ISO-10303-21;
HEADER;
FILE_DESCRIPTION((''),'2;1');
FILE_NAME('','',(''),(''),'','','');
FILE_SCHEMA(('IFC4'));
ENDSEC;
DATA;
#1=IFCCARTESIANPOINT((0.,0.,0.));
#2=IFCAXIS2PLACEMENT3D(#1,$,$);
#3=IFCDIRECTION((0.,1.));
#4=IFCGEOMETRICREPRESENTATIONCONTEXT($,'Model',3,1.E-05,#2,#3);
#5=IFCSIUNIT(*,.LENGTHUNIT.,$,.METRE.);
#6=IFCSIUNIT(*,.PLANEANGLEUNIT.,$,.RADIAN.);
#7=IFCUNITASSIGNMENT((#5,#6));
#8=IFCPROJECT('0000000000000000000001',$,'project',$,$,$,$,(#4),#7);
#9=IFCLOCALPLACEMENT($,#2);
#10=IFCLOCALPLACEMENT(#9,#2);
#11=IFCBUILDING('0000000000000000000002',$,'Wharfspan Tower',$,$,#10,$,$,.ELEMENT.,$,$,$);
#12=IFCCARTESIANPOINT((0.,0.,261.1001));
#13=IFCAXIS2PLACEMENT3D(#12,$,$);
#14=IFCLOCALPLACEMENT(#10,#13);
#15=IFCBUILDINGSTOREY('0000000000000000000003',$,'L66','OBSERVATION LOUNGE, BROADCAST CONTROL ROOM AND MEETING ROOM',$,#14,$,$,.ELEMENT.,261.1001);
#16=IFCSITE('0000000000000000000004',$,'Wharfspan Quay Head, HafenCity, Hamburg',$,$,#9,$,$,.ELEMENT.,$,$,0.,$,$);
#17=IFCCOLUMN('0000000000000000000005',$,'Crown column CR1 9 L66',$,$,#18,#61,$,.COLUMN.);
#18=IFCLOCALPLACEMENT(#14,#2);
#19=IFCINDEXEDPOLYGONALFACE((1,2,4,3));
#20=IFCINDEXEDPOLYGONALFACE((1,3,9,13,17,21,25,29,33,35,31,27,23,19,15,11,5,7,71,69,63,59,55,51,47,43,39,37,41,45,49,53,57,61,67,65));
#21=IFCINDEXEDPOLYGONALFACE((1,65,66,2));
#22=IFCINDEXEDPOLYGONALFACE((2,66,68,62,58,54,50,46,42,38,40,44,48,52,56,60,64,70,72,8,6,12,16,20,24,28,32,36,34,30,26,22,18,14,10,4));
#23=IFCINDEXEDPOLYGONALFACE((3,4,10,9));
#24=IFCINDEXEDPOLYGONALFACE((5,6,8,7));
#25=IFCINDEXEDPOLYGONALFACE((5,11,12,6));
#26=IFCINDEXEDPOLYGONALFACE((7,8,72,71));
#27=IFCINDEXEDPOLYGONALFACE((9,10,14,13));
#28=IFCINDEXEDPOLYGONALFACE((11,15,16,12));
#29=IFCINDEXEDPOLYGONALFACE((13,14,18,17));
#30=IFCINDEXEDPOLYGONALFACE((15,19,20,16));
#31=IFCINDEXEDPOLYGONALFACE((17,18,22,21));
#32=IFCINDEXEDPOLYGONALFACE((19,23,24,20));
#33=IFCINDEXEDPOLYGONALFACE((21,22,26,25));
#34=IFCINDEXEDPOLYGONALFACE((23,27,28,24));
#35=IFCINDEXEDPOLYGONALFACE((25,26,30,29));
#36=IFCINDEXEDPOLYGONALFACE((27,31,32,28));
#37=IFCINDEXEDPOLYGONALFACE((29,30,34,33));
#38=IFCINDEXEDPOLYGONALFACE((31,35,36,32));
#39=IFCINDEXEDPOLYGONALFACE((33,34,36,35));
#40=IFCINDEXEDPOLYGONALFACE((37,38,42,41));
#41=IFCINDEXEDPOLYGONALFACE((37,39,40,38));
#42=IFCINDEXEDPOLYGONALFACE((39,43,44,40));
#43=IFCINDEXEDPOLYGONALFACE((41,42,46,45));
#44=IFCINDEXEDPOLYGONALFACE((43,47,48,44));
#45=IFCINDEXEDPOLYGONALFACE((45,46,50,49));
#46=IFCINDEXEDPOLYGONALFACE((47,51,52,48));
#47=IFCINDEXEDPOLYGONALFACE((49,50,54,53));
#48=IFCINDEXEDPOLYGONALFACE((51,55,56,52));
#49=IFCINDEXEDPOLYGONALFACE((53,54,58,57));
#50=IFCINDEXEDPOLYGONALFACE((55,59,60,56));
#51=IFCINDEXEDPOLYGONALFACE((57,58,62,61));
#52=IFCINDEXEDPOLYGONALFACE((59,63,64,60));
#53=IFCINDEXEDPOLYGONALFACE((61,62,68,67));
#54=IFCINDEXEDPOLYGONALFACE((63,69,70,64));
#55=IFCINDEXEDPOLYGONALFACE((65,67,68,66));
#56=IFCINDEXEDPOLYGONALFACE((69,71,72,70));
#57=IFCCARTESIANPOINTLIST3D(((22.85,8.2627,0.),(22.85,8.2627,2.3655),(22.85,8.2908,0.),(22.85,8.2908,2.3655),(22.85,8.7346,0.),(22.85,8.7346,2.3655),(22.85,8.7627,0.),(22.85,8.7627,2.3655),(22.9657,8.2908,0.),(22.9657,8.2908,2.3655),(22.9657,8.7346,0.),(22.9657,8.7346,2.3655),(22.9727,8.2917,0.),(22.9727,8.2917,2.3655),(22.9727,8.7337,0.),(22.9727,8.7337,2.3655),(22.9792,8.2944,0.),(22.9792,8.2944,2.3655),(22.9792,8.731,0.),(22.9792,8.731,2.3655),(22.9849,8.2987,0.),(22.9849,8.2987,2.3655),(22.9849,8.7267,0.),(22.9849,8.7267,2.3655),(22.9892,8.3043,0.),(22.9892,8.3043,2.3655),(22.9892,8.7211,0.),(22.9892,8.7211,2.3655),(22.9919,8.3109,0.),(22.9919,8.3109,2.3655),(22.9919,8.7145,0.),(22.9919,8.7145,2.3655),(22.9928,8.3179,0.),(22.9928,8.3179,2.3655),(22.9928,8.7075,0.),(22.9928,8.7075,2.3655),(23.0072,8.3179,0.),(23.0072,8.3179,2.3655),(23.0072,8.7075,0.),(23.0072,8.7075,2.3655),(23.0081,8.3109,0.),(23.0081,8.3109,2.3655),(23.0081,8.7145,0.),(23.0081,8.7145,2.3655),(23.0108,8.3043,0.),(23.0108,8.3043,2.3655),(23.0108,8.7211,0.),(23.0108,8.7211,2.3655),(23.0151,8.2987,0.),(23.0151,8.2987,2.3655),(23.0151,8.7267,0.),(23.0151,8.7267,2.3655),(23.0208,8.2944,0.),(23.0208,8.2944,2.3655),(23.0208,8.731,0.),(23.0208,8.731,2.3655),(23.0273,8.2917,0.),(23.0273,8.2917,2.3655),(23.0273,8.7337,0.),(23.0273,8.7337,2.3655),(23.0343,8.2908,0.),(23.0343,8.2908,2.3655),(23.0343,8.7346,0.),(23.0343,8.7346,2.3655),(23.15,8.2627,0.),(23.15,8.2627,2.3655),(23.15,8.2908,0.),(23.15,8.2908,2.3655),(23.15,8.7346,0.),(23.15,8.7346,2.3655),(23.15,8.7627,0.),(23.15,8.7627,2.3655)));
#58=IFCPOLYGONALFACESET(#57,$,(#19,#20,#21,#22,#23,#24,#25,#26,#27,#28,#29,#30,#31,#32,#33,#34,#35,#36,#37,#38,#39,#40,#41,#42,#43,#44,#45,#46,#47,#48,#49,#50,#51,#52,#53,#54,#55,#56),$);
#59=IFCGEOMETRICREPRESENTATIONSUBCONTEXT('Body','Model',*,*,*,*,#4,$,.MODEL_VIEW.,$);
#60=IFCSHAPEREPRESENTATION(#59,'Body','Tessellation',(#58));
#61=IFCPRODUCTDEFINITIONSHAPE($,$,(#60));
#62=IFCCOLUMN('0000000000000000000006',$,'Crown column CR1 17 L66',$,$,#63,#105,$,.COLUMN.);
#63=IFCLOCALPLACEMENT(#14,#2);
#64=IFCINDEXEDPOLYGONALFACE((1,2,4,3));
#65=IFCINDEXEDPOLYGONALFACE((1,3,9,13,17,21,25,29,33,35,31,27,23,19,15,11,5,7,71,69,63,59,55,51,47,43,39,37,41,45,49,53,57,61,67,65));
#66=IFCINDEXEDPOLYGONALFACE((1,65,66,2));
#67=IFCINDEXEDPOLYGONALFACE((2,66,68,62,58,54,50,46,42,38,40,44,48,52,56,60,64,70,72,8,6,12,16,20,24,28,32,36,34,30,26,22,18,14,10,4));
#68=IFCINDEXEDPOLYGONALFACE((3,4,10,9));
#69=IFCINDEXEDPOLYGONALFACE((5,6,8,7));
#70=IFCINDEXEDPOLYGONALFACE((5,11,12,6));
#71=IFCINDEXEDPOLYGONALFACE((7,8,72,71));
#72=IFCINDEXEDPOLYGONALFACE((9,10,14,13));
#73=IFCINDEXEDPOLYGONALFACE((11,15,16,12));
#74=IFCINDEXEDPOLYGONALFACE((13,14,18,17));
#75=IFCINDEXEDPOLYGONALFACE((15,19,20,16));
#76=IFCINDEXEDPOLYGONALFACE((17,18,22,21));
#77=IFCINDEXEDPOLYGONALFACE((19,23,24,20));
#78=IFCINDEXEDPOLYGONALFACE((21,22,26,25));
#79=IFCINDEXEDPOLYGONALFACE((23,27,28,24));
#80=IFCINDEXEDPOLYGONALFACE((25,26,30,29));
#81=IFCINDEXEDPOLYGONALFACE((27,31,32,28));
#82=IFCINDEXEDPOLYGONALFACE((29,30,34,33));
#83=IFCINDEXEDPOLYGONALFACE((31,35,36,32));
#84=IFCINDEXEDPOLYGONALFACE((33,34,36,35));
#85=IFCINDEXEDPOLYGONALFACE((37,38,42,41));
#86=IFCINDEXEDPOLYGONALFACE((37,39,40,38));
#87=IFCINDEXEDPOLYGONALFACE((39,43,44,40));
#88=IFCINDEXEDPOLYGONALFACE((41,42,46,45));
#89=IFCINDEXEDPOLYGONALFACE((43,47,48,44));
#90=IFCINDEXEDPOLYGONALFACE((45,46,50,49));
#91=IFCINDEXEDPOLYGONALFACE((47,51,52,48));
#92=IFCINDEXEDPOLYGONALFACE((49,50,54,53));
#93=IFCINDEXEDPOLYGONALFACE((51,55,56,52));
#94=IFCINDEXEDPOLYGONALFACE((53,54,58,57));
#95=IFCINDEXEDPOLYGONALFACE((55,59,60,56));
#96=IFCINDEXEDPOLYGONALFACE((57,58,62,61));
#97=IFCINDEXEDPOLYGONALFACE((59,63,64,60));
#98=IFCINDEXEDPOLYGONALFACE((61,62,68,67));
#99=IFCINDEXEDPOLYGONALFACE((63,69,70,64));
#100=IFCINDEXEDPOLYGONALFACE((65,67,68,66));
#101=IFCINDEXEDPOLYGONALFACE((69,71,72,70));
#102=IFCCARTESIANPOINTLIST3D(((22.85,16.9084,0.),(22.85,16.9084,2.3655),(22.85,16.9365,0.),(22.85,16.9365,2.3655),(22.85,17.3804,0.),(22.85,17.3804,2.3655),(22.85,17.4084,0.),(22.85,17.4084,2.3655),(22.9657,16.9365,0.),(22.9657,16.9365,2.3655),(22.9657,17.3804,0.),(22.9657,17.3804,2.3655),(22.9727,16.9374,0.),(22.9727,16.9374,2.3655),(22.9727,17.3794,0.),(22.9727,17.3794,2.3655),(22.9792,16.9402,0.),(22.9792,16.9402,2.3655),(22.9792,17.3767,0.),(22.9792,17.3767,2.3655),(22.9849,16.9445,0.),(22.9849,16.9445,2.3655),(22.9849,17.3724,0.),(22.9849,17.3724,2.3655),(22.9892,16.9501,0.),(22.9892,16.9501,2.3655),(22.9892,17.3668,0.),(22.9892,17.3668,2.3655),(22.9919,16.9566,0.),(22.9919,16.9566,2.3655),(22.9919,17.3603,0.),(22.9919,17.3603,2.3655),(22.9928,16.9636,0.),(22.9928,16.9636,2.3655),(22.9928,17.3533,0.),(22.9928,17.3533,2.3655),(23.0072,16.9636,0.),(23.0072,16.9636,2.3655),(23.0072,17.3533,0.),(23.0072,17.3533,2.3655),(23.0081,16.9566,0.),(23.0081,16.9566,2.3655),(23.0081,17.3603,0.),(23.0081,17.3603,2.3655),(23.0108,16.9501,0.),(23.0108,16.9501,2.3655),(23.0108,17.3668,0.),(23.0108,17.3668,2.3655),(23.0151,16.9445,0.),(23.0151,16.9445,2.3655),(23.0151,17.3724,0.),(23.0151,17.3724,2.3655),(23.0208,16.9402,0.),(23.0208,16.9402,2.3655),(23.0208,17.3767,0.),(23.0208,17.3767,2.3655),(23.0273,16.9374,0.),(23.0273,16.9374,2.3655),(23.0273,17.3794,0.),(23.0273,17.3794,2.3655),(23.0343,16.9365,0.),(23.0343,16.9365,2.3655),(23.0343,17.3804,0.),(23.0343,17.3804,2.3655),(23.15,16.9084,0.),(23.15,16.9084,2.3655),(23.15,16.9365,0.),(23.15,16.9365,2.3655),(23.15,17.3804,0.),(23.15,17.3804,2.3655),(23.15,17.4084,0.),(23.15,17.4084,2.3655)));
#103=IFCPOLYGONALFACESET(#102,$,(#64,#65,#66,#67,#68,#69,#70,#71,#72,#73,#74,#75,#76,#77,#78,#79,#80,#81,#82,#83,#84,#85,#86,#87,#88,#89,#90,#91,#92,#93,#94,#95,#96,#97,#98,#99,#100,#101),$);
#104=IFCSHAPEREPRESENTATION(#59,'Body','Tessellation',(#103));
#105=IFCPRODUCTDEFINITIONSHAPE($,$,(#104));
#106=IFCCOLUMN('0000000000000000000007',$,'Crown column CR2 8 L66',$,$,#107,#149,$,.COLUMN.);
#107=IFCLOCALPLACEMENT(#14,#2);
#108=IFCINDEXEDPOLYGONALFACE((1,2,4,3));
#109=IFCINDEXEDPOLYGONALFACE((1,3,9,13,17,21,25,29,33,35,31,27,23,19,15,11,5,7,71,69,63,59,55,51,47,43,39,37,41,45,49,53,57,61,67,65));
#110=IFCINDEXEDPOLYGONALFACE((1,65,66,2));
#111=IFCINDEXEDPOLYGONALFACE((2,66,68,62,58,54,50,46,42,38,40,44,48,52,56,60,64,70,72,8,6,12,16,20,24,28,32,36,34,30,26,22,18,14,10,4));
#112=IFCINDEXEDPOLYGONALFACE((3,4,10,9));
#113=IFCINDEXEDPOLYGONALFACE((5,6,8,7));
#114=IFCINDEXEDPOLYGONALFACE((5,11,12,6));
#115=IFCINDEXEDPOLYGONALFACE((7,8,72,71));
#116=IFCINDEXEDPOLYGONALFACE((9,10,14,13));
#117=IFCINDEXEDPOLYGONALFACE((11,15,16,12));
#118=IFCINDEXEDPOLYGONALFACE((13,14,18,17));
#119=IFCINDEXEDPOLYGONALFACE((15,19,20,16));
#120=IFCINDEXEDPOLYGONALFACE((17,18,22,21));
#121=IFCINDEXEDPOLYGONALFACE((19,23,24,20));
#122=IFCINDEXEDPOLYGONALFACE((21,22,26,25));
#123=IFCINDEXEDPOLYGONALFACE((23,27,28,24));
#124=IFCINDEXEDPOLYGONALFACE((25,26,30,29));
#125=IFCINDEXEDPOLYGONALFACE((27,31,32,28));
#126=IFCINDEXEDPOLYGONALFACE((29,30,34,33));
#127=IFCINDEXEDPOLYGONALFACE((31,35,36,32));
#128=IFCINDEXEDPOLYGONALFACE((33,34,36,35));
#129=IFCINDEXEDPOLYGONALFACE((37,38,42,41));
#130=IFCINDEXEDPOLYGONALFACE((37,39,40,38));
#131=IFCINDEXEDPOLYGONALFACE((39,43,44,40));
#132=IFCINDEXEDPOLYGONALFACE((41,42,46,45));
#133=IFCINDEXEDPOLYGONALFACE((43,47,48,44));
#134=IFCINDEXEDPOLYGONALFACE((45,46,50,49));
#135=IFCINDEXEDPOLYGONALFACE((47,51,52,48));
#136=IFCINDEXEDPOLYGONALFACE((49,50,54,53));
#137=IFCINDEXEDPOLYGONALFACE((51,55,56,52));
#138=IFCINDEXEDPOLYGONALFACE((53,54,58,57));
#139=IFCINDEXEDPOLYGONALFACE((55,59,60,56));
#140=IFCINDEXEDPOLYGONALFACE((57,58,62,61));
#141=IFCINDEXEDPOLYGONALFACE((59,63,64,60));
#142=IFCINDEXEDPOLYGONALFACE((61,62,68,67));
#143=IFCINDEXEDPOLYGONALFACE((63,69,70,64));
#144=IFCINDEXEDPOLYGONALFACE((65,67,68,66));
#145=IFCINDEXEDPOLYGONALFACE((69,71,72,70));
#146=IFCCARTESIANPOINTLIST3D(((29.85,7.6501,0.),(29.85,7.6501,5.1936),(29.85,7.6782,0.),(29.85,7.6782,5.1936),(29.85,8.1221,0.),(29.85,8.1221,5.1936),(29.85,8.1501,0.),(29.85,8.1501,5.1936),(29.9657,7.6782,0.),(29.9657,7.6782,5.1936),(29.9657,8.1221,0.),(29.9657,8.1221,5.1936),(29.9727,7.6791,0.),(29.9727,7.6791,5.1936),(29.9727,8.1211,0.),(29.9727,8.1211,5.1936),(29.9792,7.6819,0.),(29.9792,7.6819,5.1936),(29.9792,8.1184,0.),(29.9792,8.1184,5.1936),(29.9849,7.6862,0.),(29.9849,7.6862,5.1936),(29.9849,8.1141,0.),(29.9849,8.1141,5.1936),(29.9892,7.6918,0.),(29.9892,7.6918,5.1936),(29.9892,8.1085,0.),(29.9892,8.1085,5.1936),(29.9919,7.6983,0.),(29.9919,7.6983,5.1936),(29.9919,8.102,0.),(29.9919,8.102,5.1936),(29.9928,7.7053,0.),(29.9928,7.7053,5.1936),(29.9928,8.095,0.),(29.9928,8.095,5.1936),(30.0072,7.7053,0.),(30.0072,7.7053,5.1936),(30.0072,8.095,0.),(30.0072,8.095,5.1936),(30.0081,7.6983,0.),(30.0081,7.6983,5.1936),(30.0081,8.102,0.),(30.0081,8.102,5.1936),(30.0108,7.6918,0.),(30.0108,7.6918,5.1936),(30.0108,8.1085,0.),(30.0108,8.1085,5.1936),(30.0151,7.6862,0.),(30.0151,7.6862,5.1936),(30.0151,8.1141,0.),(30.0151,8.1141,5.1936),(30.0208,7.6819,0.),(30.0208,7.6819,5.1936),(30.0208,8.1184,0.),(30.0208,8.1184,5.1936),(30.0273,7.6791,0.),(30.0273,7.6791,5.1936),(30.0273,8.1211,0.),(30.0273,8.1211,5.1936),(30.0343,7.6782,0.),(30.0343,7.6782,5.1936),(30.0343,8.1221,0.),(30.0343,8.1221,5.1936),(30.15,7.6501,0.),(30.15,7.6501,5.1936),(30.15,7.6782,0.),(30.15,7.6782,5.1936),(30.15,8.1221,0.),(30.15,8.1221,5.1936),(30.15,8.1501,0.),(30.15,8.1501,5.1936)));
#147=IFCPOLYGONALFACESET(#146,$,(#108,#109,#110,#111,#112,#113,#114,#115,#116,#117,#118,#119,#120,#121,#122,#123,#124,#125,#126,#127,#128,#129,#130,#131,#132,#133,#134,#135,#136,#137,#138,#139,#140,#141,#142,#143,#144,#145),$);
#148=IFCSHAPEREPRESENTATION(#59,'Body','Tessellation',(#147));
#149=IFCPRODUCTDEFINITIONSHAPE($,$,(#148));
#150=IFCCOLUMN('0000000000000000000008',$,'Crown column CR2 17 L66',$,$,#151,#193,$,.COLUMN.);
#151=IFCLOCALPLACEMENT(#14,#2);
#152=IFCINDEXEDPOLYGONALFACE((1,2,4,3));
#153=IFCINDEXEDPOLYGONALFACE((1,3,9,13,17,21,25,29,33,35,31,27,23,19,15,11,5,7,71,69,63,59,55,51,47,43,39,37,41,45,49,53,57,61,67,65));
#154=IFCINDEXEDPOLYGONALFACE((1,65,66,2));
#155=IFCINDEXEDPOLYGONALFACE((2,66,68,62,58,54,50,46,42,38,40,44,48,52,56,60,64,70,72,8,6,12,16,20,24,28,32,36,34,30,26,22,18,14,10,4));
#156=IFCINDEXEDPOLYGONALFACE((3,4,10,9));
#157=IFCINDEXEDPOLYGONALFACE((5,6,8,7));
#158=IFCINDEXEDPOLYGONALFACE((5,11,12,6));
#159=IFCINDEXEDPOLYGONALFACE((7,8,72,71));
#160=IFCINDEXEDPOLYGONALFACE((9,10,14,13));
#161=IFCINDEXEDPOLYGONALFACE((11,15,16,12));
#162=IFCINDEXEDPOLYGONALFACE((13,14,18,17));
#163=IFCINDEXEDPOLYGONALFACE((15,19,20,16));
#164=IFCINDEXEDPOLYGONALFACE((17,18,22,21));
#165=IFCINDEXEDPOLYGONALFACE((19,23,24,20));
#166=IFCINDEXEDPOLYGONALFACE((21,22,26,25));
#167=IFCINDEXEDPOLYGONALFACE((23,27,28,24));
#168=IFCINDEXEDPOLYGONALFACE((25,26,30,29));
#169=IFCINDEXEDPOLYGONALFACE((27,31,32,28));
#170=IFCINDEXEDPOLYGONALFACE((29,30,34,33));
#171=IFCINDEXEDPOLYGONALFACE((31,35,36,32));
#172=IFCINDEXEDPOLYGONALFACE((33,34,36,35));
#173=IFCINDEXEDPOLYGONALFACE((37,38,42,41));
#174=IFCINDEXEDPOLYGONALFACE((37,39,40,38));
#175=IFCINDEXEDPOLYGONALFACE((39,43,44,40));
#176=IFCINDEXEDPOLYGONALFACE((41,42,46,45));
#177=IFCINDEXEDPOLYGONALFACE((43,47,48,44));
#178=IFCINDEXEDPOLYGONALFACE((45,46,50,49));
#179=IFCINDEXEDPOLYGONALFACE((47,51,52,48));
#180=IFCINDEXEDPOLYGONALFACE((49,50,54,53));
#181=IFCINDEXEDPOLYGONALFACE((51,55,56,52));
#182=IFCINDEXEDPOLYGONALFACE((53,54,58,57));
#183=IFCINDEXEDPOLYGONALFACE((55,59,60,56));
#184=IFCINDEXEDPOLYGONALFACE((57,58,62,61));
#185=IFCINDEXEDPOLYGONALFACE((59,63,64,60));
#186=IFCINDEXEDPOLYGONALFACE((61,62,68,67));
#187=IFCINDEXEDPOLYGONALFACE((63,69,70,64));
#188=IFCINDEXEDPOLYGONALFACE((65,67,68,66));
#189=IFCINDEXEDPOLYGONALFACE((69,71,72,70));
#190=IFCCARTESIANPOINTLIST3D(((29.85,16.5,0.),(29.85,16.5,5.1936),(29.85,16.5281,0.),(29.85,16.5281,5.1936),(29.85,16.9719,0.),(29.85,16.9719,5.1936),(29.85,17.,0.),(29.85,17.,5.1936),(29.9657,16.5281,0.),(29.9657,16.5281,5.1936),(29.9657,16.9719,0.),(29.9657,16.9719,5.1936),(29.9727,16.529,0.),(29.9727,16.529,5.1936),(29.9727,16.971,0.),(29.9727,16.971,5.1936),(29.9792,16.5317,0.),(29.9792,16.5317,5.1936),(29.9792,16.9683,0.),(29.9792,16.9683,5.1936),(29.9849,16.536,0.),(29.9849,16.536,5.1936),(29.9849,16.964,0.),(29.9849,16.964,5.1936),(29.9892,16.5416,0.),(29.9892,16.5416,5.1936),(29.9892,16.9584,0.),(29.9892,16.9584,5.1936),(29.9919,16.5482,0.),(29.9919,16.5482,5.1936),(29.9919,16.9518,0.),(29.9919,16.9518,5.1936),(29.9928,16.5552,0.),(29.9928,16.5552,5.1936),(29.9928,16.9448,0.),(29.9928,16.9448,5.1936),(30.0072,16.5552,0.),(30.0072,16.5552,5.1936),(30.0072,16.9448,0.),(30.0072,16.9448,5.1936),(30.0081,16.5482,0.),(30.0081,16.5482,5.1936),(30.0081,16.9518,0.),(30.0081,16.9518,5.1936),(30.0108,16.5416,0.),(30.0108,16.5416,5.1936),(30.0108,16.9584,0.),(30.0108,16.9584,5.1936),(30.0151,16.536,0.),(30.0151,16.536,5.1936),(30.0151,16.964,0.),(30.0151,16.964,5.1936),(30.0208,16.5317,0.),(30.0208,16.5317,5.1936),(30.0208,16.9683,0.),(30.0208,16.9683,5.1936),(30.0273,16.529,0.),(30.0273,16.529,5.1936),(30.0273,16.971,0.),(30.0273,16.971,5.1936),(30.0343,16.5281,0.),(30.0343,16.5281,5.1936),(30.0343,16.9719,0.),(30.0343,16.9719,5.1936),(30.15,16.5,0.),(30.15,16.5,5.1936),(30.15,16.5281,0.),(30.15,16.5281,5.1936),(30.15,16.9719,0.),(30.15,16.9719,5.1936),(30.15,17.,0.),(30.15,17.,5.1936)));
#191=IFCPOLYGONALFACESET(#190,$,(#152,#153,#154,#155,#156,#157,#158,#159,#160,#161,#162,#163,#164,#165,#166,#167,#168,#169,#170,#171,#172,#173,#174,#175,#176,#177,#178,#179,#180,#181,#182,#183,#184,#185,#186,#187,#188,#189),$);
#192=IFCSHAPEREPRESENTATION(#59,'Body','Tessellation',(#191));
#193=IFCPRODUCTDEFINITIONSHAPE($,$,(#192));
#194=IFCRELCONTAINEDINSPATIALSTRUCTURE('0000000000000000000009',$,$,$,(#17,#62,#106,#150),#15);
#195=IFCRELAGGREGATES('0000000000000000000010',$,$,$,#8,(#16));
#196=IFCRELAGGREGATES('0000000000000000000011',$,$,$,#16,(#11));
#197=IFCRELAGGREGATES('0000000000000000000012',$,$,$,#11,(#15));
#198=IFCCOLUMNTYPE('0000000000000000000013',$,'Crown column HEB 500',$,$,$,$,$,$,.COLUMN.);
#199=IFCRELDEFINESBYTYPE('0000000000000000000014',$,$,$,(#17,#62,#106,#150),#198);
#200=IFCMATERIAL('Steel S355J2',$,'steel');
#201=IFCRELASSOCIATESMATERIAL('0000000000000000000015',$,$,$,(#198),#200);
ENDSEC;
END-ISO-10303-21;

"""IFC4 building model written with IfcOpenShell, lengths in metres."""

from ifc_helpers import new_model, si_unit, direction, frame, origin, origin_2d, place, context, subcontext, project, spatial, i_section, extrude, material, material_profile, profile_set, type_object, element, save


model = new_model("IFC4")

# Units and contexts
model_context = context("Model", 3, precision=1e-05, world=origin(), true_north=direction((0.0, 1.0)))
body_context = subcontext(model_context, "Body", "Model", "MODEL_VIEW")
ifc_project = project(units=[si_unit("LENGTHUNIT", "METRE"), si_unit("PLANEANGLEUNIT", "RADIAN")], contexts=[model_context])

# Site, building, storey
site_placement = place(None, origin())
site = spatial("IfcSite", under=ifc_project, at=site_placement, Name="Wharfspan Quay Head, HafenCity, Hamburg", CompositionType="ELEMENT", RefElevation=0.0)
building_placement = place(site_placement, origin())
building = spatial("IfcBuilding", under=site, at=building_placement, Name="Wharfspan Tower", CompositionType="ELEMENT")
storey_placement = place(building_placement, frame((0.0, 0.0, 261.1001)))
storey = spatial("IfcBuildingStorey", under=building, at=storey_placement, Name="L66", Description="OBSERVATION LOUNGE, BROADCAST CONTROL ROOM AND MEETING ROOM", CompositionType="ELEMENT", Elevation=261.1001)

# Columns
ifc_material_1 = material(Name="Steel S355J2", Category="steel")
ifc_material_profile_1 = material_profile(ifc_material_1, i_section(OverallWidth=0.3, OverallDepth=0.5, WebThickness=0.0144, FlangeThickness=0.0281, FilletRadius=0.0271, at=origin_2d()))
ifc_profile_set_1 = profile_set([ifc_material_profile_1], Name="Steel S355J2")
column_type = type_object("IfcColumnType", Name="Crown column HEB 500", PredefinedType="COLUMN", material=ifc_profile_set_1)
for number, where, z_axis, x_axis, name in (
    (1, (23.0, 8.5127, 0.0), (0.0, 0.0, 1.0), (1.0, 0.0, 0.0), "Crown column CR1 9 L66"),
    (2, (23.0, 17.1584, 0.0), (0.0, 0.0, 1.0), (1.0, 0.0, 0.0), "Crown column CR1 17 L66"),
):
    element("IfcColumn", number, at=place(storey_placement, frame(where, z_axis=z_axis, x_axis=x_axis)), inside=storey, type_object=column_type, Name=name, PredefinedType="COLUMN", context=body_context, shape_type="SweptSolid", body=[
        extrude(i_section(OverallWidth=0.3, OverallDepth=0.5, WebThickness=0.0144, FlangeThickness=0.0281, FilletRadius=0.0271, at=origin_2d()), origin(), (0.0, 0.0, 1.0), 2.3655),
    ])
for number, where, z_axis, x_axis, name in (
    (3, (30.0, 7.9001, 0.0), (0.0, 0.0, 1.0), (1.0, 0.0, 0.0), "Crown column CR2 8 L66"),
    (4, (30.0, 16.75, 0.0), (0.0, 0.0, 1.0), (1.0, 0.0, 0.0), "Crown column CR2 17 L66"),
):
    element("IfcColumn", number, at=place(storey_placement, frame(where, z_axis=z_axis, x_axis=x_axis)), inside=storey, type_object=column_type, Name=name, PredefinedType="COLUMN", context=body_context, shape_type="SweptSolid", body=[
        extrude(i_section(OverallWidth=0.3, OverallDepth=0.5, WebThickness=0.0144, FlangeThickness=0.0281, FilletRadius=0.0271, at=origin_2d()), origin(), (0.0, 0.0, 1.0), 5.1936),
    ])

save(model, "model.ifc")
